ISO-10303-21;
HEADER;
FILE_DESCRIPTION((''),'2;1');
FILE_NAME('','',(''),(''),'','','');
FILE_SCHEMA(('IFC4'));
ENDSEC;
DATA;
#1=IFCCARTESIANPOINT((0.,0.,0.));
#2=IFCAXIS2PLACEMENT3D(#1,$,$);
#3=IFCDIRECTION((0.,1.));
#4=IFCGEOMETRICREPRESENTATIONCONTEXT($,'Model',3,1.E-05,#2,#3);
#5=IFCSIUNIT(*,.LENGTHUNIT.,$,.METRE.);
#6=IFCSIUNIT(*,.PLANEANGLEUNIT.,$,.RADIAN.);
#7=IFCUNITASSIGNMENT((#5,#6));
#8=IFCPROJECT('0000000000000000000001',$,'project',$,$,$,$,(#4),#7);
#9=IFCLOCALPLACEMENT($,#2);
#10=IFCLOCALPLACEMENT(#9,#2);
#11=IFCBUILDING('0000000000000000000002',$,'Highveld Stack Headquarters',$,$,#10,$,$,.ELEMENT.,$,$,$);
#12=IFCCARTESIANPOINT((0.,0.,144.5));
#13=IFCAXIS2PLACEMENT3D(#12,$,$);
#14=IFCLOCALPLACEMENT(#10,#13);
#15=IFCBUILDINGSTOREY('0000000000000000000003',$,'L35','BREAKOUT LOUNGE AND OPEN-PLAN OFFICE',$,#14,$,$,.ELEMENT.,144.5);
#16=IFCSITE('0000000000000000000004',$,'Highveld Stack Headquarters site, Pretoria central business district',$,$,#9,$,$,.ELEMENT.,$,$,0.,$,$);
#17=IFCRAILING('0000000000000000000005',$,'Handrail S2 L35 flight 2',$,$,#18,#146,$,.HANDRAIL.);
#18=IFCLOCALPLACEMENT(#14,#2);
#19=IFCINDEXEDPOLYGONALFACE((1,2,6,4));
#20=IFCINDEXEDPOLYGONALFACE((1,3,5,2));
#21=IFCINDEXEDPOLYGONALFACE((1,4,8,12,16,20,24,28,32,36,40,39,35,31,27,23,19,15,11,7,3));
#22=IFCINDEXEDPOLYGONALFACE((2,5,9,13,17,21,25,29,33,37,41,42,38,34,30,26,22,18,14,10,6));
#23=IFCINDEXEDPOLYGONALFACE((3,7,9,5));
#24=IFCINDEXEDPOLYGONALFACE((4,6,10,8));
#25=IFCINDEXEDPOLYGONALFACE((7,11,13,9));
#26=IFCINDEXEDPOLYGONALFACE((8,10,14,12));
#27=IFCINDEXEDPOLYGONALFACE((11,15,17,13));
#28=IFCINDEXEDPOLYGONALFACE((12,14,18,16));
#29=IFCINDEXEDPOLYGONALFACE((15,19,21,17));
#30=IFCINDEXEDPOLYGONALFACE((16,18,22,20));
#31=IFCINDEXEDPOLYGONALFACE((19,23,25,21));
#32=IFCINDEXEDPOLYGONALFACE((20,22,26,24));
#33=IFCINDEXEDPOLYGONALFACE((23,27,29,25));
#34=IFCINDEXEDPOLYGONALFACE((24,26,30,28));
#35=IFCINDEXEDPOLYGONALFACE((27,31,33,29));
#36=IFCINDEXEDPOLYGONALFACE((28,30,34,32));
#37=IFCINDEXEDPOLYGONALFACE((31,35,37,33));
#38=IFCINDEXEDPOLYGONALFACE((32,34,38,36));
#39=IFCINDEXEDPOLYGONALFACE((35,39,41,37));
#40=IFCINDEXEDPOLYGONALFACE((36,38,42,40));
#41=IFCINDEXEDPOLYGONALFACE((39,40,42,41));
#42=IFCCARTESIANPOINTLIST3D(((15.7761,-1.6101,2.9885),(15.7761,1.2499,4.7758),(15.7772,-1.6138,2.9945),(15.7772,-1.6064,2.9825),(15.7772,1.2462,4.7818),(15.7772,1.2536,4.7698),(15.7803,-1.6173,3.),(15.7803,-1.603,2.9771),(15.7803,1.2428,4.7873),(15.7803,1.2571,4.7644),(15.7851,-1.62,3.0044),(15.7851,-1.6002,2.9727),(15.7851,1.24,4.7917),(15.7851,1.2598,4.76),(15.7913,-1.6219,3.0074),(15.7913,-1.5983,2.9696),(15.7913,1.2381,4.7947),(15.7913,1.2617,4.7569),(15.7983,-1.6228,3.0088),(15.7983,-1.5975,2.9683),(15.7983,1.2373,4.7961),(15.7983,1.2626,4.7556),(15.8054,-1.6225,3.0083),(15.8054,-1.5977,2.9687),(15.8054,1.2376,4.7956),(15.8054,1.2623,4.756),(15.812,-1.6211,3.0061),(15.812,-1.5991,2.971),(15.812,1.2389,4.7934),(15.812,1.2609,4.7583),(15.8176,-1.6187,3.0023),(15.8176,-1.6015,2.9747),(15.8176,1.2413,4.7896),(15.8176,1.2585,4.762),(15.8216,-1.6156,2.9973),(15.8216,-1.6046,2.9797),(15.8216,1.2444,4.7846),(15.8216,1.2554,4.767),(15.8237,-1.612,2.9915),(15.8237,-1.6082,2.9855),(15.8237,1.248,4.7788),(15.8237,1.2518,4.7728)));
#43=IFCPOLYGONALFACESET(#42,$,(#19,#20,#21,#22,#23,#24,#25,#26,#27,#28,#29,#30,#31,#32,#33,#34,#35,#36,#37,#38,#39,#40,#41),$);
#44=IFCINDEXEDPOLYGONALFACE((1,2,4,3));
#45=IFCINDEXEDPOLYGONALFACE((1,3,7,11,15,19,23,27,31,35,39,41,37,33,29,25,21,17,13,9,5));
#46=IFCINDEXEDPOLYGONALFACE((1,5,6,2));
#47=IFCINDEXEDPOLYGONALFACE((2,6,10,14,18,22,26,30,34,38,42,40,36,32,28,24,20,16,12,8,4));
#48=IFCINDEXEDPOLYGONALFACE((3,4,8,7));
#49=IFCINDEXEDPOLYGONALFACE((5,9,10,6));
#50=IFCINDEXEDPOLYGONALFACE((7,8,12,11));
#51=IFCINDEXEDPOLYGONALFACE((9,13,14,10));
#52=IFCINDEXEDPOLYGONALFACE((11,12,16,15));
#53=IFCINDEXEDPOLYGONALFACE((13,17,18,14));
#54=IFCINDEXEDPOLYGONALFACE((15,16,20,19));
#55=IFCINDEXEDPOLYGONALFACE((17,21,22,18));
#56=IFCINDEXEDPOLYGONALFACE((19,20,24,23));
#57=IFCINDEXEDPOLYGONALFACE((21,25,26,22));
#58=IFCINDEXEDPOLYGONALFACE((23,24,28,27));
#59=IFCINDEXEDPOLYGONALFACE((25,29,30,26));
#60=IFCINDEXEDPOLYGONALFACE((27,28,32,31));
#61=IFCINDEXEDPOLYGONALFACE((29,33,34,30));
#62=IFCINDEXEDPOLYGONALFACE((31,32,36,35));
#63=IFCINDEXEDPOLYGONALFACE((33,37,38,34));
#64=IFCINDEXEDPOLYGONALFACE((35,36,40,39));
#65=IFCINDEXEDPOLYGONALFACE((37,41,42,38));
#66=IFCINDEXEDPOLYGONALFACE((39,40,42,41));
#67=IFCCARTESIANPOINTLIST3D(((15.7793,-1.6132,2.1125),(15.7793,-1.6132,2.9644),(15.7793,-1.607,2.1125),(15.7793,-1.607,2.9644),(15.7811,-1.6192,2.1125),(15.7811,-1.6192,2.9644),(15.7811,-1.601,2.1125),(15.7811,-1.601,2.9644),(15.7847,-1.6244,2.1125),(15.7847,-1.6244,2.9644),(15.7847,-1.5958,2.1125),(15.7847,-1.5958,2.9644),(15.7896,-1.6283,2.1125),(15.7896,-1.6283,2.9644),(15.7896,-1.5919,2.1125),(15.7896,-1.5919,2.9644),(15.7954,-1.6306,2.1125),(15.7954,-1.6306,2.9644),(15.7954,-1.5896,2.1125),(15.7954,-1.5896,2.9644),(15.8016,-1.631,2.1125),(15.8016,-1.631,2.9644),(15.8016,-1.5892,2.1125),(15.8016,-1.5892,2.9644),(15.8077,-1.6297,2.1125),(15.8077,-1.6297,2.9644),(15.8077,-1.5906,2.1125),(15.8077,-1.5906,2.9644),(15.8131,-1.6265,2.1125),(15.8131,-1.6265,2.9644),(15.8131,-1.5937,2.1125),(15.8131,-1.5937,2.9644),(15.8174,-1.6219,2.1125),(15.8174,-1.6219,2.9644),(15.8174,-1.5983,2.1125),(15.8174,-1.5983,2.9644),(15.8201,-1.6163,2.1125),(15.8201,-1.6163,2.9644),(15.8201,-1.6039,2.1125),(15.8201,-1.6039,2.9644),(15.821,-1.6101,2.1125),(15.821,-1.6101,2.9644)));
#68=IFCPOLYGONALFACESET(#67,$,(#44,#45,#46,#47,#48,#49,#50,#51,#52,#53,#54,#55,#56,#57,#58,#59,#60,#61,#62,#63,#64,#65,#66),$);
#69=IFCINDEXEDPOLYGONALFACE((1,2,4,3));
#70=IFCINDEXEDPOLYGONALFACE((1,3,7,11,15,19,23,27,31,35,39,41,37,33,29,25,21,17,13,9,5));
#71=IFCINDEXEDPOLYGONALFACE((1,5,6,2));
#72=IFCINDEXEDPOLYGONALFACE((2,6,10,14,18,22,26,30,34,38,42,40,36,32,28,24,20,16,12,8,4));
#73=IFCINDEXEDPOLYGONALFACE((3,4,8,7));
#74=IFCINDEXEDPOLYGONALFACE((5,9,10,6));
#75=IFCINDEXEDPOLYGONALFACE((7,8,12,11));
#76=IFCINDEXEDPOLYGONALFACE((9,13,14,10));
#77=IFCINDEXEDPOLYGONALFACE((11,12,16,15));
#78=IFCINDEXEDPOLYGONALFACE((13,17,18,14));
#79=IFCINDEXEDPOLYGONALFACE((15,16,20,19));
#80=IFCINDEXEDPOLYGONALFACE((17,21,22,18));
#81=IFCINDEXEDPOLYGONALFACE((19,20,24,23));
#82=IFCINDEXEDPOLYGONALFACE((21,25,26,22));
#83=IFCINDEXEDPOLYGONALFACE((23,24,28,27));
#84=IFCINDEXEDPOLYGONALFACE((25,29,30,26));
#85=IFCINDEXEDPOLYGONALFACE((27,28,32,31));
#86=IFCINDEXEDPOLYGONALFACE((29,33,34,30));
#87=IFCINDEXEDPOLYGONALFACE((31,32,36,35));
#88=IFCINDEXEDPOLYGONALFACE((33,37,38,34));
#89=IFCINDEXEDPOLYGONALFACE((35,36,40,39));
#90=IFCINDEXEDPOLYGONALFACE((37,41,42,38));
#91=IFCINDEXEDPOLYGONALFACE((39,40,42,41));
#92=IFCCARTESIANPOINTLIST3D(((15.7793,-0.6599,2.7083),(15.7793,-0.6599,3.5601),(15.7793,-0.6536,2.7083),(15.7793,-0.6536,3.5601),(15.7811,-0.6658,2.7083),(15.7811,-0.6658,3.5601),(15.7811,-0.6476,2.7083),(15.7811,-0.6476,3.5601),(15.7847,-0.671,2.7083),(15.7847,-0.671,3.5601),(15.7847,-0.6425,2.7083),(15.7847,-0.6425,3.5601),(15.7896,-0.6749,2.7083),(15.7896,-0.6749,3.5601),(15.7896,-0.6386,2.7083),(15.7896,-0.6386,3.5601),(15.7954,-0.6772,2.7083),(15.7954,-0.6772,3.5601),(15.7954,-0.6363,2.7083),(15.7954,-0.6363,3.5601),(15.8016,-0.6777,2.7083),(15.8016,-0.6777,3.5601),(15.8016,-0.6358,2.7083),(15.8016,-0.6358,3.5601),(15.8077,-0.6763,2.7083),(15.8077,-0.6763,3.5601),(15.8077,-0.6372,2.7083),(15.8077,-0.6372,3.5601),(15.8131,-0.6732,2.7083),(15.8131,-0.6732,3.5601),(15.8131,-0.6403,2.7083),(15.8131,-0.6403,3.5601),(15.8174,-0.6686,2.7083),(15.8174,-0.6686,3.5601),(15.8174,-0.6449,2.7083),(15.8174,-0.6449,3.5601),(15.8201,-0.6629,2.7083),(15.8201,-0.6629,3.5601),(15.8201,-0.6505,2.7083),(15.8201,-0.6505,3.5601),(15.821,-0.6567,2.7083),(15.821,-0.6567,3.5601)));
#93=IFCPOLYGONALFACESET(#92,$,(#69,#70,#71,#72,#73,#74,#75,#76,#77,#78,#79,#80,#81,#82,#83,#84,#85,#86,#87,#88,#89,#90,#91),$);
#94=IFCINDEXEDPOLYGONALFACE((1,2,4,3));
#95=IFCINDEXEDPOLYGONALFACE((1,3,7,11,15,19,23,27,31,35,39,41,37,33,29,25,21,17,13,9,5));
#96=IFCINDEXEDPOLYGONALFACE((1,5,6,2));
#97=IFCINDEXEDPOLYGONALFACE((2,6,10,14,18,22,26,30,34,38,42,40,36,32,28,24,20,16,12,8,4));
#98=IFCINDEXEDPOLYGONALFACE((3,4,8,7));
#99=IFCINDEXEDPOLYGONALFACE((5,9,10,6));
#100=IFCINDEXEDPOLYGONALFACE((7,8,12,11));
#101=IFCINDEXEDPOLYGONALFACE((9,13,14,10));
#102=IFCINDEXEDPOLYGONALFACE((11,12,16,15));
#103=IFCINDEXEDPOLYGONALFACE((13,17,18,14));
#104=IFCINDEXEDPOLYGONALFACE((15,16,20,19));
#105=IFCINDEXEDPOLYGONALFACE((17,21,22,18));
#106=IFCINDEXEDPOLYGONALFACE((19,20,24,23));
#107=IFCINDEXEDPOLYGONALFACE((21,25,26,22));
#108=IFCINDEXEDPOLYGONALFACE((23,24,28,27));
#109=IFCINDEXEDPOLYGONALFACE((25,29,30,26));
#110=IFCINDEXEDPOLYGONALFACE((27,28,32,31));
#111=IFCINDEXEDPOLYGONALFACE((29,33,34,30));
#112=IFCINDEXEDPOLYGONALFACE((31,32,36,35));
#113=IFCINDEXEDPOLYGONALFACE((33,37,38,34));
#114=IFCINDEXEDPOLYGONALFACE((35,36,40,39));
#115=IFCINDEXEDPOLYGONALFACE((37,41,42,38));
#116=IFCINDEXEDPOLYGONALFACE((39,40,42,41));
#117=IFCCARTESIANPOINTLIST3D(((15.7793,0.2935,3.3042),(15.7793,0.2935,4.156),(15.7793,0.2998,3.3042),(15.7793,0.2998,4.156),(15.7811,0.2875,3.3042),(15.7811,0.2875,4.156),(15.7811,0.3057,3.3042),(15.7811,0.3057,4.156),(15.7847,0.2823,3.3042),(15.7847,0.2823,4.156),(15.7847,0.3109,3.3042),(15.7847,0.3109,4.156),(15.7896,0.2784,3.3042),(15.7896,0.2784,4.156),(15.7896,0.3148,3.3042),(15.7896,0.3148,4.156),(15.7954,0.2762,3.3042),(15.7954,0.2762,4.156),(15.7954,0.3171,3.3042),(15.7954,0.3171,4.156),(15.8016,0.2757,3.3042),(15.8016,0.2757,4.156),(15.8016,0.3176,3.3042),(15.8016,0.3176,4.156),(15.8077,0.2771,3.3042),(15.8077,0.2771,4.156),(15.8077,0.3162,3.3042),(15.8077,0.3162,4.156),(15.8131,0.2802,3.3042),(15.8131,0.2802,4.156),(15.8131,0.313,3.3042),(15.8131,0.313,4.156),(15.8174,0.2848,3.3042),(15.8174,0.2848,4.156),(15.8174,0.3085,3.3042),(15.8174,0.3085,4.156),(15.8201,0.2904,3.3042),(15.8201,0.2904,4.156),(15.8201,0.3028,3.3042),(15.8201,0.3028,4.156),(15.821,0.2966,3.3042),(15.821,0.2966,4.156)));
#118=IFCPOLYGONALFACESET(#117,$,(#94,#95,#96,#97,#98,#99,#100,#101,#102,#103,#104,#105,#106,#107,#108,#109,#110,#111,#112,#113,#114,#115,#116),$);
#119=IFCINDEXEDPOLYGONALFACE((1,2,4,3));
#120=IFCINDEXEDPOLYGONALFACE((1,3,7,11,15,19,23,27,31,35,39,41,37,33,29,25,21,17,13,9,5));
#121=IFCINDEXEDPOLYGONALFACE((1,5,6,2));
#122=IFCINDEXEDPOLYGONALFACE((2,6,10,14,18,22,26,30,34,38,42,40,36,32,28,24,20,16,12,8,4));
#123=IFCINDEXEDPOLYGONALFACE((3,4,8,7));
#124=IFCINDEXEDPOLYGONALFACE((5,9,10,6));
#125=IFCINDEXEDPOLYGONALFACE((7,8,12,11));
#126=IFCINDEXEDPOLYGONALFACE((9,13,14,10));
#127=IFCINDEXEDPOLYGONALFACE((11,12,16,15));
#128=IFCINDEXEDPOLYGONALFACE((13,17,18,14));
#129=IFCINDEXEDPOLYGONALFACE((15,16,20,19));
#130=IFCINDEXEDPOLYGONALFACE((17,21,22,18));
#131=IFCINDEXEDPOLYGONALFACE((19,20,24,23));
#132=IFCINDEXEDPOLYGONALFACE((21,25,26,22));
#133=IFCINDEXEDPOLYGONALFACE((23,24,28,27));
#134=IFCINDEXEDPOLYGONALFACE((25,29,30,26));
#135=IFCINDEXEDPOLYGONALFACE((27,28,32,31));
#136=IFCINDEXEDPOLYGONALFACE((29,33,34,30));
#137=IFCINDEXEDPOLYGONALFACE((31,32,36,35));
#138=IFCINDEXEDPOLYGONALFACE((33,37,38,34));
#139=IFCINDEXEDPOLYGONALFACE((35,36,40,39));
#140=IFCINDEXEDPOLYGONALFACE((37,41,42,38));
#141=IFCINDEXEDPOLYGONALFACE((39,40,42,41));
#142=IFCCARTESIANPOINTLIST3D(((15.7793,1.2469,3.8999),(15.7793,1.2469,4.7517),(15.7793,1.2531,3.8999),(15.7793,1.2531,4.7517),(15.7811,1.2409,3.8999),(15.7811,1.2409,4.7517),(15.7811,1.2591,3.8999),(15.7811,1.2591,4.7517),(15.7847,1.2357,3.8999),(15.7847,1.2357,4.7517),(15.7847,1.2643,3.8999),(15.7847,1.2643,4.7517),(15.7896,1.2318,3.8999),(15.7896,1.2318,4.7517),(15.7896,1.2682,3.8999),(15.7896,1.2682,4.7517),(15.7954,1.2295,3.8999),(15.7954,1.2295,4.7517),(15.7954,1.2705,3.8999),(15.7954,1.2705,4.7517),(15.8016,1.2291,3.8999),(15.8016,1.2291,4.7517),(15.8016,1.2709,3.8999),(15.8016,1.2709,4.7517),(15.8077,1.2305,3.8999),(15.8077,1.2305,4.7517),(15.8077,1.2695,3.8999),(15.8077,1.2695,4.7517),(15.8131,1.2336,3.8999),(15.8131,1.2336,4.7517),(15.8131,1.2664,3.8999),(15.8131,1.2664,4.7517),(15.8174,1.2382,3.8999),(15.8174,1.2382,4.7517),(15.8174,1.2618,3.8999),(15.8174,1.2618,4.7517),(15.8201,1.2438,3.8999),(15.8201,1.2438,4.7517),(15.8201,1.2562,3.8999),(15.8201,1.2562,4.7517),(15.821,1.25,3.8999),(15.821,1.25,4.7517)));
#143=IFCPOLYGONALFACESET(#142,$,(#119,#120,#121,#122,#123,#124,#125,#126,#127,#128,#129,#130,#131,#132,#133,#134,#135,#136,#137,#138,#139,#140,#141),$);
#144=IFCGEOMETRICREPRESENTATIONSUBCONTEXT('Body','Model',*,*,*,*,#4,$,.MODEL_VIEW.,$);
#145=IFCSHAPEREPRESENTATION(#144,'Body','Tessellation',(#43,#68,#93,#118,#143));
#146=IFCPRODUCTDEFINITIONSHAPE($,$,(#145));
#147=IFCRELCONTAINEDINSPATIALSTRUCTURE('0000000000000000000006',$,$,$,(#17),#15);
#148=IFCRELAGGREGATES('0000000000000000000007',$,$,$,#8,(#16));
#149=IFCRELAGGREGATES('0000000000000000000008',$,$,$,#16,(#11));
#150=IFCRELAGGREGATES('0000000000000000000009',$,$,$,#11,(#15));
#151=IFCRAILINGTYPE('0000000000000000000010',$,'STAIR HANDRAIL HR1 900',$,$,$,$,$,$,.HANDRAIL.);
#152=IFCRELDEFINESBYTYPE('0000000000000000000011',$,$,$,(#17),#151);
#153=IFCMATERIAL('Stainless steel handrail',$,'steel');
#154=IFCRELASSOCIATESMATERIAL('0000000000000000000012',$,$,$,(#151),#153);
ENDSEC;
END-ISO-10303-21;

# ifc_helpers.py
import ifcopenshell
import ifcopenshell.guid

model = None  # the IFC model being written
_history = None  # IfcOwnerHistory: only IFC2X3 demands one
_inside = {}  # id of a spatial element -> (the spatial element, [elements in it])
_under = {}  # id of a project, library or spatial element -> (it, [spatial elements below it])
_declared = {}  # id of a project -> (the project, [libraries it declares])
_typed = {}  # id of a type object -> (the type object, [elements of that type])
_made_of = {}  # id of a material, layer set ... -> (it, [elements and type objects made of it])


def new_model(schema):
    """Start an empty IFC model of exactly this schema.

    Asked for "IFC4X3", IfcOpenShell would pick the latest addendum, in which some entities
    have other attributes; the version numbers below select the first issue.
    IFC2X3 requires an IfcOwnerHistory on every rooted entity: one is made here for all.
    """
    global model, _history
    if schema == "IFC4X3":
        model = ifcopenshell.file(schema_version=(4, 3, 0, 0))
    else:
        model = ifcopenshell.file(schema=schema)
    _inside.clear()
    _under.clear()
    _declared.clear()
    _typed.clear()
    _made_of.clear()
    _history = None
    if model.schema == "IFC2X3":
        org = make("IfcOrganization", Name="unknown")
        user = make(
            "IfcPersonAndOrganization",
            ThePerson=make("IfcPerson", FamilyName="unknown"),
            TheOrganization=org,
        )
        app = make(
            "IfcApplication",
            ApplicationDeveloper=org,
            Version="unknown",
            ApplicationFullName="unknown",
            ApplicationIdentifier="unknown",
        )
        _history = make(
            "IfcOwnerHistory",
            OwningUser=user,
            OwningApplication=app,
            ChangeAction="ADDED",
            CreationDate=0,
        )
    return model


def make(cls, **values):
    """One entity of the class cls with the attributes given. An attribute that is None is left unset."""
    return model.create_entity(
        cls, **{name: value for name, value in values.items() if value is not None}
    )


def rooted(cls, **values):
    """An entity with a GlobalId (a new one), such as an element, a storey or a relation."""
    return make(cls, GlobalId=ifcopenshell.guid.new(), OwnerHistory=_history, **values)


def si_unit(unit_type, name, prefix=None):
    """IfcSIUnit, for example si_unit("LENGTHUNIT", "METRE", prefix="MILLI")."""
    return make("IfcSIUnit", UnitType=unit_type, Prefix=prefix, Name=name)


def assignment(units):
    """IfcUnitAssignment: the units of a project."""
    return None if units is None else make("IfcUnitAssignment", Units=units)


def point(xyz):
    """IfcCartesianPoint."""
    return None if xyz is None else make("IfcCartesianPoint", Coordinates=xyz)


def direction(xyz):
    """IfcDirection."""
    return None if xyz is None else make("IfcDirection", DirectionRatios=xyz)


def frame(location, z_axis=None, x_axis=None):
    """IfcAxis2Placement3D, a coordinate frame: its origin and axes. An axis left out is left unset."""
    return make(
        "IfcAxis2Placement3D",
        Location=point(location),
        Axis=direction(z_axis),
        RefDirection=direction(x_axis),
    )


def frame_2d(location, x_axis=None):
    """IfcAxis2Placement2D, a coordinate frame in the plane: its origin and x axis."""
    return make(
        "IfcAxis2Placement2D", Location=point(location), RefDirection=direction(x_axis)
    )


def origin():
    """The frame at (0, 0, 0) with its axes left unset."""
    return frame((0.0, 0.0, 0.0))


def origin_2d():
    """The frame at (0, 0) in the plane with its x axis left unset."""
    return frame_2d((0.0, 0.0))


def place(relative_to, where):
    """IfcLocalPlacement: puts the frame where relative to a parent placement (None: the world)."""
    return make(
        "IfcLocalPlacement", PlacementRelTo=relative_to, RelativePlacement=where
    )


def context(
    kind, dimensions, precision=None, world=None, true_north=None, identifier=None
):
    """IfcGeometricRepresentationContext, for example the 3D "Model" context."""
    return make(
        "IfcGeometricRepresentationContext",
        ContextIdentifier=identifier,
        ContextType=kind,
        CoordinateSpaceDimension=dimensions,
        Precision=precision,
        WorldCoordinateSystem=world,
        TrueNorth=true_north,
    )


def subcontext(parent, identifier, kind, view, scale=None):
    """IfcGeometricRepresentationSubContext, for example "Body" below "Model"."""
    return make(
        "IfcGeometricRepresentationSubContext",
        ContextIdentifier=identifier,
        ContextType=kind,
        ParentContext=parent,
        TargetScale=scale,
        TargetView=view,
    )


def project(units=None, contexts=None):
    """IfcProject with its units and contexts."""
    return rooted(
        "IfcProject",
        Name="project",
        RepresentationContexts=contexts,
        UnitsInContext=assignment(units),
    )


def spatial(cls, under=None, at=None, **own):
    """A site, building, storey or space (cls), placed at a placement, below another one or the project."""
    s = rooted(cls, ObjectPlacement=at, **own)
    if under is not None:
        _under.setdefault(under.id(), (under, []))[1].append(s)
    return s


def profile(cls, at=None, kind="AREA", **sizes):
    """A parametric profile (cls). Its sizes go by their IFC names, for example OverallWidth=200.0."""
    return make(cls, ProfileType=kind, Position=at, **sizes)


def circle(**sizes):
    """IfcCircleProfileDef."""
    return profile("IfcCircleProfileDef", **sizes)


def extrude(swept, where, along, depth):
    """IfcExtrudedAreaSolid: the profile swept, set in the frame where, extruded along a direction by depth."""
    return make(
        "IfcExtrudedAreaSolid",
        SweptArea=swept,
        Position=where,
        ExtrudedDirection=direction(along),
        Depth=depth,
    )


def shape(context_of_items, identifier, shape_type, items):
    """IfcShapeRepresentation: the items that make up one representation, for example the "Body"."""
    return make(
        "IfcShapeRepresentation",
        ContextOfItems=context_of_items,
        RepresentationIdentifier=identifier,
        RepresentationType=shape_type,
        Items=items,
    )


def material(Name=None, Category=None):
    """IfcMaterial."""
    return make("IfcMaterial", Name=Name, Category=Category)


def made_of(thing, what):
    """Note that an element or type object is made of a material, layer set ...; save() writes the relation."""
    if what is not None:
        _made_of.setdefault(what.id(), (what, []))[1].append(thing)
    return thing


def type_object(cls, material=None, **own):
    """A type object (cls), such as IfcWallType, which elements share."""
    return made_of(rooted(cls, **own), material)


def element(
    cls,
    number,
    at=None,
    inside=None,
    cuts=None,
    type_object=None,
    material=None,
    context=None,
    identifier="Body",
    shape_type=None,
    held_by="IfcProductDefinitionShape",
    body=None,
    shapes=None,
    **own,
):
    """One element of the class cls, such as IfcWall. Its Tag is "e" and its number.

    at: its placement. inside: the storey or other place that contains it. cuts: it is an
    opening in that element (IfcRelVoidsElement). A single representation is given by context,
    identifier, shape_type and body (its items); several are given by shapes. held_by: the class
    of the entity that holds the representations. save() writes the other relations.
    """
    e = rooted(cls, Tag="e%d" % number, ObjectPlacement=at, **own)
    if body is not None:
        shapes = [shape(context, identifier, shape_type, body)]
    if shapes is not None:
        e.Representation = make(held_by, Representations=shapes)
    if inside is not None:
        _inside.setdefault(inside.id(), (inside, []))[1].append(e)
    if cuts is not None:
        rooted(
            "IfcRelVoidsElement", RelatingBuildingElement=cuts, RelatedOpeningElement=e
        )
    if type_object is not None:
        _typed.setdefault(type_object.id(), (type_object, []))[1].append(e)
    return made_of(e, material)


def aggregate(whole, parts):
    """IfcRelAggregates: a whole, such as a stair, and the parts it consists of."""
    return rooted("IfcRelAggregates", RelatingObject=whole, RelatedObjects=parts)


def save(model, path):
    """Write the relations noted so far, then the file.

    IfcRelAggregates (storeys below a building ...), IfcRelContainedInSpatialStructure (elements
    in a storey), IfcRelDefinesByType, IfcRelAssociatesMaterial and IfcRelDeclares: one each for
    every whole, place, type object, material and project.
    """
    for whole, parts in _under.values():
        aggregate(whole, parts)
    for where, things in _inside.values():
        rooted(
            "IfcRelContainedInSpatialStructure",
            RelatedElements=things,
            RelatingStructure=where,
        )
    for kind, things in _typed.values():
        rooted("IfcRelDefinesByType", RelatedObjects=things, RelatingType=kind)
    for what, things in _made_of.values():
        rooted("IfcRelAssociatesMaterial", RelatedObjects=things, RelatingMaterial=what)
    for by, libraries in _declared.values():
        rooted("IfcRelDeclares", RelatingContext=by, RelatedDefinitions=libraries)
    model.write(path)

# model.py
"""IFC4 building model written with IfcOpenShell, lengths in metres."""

from ifc_helpers import new_model, si_unit, direction, frame, origin, origin_2d, place, context, subcontext, project, spatial, circle, extrude, material, type_object, element, save


model = new_model("IFC4")

# Units and contexts
model_context = context("Model", 3, precision=1e-05, world=origin(), true_north=direction((0.0, 1.0)))
body_context = subcontext(model_context, "Body", "Model", "MODEL_VIEW")
ifc_project = project(units=[si_unit("LENGTHUNIT", "METRE"), si_unit("PLANEANGLEUNIT", "RADIAN")], contexts=[model_context])

# Site, building, storey
site_placement = place(None, origin())
site = spatial("IfcSite", under=ifc_project, at=site_placement, Name="Highveld Stack Headquarters site, Pretoria central business district", CompositionType="ELEMENT", RefElevation=0.0)
building_placement = place(site_placement, origin())
building = spatial("IfcBuilding", under=site, at=building_placement, Name="Highveld Stack Headquarters", CompositionType="ELEMENT")
storey_placement = place(building_placement, frame((0.0, 0.0, 144.5)))
storey = spatial("IfcBuildingStorey", under=building, at=storey_placement, Name="L35", Description="BREAKOUT LOUNGE AND OPEN-PLAN OFFICE", CompositionType="ELEMENT", Elevation=144.5)

# Railing
ifc_material_1 = material(Name="Stainless steel handrail", Category="steel")
railing_type = type_object("IfcRailingType", Name="STAIR HANDRAIL HR1 900", PredefinedType="HANDRAIL", material=ifc_material_1)
for number, where, name in (
    (1, (15.8, -1.6101, 2.1125), "Handrail S2 L35 flight 2"),
):
    element("IfcRailing", number, at=place(storey_placement, frame(where)), inside=storey, type_object=railing_type, Name=name, PredefinedType="HANDRAIL", context=body_context, shape_type="SweptSolid", body=[
        extrude(circle(Radius=0.0239, at=origin_2d()), frame((0.0, 0.0, 0.876), z_axis=(0.0, 0.848027, 0.529953), x_axis=(-1.0, 0.0, 0.0)), (0.0, 0.0, 1.0), 3.3726),
        extrude(circle(Radius=0.021, at=origin_2d()), origin(), (0.0, 0.0, 1.0), 0.8518),
        extrude(circle(Radius=0.021, at=origin_2d()), frame((0.0, 0.9534, 0.5957)), (0.0, 0.0, 1.0), 0.8518),
        extrude(circle(Radius=0.021, at=origin_2d()), frame((0.0, 1.9067, 1.1917)), (0.0, 0.0, 1.0), 0.8518),
        extrude(circle(Radius=0.021, at=origin_2d()), frame((0.0, 2.8601, 1.7874)), (0.0, 0.0, 1.0), 0.8518),
    ])

save(model, "model.ifc")
